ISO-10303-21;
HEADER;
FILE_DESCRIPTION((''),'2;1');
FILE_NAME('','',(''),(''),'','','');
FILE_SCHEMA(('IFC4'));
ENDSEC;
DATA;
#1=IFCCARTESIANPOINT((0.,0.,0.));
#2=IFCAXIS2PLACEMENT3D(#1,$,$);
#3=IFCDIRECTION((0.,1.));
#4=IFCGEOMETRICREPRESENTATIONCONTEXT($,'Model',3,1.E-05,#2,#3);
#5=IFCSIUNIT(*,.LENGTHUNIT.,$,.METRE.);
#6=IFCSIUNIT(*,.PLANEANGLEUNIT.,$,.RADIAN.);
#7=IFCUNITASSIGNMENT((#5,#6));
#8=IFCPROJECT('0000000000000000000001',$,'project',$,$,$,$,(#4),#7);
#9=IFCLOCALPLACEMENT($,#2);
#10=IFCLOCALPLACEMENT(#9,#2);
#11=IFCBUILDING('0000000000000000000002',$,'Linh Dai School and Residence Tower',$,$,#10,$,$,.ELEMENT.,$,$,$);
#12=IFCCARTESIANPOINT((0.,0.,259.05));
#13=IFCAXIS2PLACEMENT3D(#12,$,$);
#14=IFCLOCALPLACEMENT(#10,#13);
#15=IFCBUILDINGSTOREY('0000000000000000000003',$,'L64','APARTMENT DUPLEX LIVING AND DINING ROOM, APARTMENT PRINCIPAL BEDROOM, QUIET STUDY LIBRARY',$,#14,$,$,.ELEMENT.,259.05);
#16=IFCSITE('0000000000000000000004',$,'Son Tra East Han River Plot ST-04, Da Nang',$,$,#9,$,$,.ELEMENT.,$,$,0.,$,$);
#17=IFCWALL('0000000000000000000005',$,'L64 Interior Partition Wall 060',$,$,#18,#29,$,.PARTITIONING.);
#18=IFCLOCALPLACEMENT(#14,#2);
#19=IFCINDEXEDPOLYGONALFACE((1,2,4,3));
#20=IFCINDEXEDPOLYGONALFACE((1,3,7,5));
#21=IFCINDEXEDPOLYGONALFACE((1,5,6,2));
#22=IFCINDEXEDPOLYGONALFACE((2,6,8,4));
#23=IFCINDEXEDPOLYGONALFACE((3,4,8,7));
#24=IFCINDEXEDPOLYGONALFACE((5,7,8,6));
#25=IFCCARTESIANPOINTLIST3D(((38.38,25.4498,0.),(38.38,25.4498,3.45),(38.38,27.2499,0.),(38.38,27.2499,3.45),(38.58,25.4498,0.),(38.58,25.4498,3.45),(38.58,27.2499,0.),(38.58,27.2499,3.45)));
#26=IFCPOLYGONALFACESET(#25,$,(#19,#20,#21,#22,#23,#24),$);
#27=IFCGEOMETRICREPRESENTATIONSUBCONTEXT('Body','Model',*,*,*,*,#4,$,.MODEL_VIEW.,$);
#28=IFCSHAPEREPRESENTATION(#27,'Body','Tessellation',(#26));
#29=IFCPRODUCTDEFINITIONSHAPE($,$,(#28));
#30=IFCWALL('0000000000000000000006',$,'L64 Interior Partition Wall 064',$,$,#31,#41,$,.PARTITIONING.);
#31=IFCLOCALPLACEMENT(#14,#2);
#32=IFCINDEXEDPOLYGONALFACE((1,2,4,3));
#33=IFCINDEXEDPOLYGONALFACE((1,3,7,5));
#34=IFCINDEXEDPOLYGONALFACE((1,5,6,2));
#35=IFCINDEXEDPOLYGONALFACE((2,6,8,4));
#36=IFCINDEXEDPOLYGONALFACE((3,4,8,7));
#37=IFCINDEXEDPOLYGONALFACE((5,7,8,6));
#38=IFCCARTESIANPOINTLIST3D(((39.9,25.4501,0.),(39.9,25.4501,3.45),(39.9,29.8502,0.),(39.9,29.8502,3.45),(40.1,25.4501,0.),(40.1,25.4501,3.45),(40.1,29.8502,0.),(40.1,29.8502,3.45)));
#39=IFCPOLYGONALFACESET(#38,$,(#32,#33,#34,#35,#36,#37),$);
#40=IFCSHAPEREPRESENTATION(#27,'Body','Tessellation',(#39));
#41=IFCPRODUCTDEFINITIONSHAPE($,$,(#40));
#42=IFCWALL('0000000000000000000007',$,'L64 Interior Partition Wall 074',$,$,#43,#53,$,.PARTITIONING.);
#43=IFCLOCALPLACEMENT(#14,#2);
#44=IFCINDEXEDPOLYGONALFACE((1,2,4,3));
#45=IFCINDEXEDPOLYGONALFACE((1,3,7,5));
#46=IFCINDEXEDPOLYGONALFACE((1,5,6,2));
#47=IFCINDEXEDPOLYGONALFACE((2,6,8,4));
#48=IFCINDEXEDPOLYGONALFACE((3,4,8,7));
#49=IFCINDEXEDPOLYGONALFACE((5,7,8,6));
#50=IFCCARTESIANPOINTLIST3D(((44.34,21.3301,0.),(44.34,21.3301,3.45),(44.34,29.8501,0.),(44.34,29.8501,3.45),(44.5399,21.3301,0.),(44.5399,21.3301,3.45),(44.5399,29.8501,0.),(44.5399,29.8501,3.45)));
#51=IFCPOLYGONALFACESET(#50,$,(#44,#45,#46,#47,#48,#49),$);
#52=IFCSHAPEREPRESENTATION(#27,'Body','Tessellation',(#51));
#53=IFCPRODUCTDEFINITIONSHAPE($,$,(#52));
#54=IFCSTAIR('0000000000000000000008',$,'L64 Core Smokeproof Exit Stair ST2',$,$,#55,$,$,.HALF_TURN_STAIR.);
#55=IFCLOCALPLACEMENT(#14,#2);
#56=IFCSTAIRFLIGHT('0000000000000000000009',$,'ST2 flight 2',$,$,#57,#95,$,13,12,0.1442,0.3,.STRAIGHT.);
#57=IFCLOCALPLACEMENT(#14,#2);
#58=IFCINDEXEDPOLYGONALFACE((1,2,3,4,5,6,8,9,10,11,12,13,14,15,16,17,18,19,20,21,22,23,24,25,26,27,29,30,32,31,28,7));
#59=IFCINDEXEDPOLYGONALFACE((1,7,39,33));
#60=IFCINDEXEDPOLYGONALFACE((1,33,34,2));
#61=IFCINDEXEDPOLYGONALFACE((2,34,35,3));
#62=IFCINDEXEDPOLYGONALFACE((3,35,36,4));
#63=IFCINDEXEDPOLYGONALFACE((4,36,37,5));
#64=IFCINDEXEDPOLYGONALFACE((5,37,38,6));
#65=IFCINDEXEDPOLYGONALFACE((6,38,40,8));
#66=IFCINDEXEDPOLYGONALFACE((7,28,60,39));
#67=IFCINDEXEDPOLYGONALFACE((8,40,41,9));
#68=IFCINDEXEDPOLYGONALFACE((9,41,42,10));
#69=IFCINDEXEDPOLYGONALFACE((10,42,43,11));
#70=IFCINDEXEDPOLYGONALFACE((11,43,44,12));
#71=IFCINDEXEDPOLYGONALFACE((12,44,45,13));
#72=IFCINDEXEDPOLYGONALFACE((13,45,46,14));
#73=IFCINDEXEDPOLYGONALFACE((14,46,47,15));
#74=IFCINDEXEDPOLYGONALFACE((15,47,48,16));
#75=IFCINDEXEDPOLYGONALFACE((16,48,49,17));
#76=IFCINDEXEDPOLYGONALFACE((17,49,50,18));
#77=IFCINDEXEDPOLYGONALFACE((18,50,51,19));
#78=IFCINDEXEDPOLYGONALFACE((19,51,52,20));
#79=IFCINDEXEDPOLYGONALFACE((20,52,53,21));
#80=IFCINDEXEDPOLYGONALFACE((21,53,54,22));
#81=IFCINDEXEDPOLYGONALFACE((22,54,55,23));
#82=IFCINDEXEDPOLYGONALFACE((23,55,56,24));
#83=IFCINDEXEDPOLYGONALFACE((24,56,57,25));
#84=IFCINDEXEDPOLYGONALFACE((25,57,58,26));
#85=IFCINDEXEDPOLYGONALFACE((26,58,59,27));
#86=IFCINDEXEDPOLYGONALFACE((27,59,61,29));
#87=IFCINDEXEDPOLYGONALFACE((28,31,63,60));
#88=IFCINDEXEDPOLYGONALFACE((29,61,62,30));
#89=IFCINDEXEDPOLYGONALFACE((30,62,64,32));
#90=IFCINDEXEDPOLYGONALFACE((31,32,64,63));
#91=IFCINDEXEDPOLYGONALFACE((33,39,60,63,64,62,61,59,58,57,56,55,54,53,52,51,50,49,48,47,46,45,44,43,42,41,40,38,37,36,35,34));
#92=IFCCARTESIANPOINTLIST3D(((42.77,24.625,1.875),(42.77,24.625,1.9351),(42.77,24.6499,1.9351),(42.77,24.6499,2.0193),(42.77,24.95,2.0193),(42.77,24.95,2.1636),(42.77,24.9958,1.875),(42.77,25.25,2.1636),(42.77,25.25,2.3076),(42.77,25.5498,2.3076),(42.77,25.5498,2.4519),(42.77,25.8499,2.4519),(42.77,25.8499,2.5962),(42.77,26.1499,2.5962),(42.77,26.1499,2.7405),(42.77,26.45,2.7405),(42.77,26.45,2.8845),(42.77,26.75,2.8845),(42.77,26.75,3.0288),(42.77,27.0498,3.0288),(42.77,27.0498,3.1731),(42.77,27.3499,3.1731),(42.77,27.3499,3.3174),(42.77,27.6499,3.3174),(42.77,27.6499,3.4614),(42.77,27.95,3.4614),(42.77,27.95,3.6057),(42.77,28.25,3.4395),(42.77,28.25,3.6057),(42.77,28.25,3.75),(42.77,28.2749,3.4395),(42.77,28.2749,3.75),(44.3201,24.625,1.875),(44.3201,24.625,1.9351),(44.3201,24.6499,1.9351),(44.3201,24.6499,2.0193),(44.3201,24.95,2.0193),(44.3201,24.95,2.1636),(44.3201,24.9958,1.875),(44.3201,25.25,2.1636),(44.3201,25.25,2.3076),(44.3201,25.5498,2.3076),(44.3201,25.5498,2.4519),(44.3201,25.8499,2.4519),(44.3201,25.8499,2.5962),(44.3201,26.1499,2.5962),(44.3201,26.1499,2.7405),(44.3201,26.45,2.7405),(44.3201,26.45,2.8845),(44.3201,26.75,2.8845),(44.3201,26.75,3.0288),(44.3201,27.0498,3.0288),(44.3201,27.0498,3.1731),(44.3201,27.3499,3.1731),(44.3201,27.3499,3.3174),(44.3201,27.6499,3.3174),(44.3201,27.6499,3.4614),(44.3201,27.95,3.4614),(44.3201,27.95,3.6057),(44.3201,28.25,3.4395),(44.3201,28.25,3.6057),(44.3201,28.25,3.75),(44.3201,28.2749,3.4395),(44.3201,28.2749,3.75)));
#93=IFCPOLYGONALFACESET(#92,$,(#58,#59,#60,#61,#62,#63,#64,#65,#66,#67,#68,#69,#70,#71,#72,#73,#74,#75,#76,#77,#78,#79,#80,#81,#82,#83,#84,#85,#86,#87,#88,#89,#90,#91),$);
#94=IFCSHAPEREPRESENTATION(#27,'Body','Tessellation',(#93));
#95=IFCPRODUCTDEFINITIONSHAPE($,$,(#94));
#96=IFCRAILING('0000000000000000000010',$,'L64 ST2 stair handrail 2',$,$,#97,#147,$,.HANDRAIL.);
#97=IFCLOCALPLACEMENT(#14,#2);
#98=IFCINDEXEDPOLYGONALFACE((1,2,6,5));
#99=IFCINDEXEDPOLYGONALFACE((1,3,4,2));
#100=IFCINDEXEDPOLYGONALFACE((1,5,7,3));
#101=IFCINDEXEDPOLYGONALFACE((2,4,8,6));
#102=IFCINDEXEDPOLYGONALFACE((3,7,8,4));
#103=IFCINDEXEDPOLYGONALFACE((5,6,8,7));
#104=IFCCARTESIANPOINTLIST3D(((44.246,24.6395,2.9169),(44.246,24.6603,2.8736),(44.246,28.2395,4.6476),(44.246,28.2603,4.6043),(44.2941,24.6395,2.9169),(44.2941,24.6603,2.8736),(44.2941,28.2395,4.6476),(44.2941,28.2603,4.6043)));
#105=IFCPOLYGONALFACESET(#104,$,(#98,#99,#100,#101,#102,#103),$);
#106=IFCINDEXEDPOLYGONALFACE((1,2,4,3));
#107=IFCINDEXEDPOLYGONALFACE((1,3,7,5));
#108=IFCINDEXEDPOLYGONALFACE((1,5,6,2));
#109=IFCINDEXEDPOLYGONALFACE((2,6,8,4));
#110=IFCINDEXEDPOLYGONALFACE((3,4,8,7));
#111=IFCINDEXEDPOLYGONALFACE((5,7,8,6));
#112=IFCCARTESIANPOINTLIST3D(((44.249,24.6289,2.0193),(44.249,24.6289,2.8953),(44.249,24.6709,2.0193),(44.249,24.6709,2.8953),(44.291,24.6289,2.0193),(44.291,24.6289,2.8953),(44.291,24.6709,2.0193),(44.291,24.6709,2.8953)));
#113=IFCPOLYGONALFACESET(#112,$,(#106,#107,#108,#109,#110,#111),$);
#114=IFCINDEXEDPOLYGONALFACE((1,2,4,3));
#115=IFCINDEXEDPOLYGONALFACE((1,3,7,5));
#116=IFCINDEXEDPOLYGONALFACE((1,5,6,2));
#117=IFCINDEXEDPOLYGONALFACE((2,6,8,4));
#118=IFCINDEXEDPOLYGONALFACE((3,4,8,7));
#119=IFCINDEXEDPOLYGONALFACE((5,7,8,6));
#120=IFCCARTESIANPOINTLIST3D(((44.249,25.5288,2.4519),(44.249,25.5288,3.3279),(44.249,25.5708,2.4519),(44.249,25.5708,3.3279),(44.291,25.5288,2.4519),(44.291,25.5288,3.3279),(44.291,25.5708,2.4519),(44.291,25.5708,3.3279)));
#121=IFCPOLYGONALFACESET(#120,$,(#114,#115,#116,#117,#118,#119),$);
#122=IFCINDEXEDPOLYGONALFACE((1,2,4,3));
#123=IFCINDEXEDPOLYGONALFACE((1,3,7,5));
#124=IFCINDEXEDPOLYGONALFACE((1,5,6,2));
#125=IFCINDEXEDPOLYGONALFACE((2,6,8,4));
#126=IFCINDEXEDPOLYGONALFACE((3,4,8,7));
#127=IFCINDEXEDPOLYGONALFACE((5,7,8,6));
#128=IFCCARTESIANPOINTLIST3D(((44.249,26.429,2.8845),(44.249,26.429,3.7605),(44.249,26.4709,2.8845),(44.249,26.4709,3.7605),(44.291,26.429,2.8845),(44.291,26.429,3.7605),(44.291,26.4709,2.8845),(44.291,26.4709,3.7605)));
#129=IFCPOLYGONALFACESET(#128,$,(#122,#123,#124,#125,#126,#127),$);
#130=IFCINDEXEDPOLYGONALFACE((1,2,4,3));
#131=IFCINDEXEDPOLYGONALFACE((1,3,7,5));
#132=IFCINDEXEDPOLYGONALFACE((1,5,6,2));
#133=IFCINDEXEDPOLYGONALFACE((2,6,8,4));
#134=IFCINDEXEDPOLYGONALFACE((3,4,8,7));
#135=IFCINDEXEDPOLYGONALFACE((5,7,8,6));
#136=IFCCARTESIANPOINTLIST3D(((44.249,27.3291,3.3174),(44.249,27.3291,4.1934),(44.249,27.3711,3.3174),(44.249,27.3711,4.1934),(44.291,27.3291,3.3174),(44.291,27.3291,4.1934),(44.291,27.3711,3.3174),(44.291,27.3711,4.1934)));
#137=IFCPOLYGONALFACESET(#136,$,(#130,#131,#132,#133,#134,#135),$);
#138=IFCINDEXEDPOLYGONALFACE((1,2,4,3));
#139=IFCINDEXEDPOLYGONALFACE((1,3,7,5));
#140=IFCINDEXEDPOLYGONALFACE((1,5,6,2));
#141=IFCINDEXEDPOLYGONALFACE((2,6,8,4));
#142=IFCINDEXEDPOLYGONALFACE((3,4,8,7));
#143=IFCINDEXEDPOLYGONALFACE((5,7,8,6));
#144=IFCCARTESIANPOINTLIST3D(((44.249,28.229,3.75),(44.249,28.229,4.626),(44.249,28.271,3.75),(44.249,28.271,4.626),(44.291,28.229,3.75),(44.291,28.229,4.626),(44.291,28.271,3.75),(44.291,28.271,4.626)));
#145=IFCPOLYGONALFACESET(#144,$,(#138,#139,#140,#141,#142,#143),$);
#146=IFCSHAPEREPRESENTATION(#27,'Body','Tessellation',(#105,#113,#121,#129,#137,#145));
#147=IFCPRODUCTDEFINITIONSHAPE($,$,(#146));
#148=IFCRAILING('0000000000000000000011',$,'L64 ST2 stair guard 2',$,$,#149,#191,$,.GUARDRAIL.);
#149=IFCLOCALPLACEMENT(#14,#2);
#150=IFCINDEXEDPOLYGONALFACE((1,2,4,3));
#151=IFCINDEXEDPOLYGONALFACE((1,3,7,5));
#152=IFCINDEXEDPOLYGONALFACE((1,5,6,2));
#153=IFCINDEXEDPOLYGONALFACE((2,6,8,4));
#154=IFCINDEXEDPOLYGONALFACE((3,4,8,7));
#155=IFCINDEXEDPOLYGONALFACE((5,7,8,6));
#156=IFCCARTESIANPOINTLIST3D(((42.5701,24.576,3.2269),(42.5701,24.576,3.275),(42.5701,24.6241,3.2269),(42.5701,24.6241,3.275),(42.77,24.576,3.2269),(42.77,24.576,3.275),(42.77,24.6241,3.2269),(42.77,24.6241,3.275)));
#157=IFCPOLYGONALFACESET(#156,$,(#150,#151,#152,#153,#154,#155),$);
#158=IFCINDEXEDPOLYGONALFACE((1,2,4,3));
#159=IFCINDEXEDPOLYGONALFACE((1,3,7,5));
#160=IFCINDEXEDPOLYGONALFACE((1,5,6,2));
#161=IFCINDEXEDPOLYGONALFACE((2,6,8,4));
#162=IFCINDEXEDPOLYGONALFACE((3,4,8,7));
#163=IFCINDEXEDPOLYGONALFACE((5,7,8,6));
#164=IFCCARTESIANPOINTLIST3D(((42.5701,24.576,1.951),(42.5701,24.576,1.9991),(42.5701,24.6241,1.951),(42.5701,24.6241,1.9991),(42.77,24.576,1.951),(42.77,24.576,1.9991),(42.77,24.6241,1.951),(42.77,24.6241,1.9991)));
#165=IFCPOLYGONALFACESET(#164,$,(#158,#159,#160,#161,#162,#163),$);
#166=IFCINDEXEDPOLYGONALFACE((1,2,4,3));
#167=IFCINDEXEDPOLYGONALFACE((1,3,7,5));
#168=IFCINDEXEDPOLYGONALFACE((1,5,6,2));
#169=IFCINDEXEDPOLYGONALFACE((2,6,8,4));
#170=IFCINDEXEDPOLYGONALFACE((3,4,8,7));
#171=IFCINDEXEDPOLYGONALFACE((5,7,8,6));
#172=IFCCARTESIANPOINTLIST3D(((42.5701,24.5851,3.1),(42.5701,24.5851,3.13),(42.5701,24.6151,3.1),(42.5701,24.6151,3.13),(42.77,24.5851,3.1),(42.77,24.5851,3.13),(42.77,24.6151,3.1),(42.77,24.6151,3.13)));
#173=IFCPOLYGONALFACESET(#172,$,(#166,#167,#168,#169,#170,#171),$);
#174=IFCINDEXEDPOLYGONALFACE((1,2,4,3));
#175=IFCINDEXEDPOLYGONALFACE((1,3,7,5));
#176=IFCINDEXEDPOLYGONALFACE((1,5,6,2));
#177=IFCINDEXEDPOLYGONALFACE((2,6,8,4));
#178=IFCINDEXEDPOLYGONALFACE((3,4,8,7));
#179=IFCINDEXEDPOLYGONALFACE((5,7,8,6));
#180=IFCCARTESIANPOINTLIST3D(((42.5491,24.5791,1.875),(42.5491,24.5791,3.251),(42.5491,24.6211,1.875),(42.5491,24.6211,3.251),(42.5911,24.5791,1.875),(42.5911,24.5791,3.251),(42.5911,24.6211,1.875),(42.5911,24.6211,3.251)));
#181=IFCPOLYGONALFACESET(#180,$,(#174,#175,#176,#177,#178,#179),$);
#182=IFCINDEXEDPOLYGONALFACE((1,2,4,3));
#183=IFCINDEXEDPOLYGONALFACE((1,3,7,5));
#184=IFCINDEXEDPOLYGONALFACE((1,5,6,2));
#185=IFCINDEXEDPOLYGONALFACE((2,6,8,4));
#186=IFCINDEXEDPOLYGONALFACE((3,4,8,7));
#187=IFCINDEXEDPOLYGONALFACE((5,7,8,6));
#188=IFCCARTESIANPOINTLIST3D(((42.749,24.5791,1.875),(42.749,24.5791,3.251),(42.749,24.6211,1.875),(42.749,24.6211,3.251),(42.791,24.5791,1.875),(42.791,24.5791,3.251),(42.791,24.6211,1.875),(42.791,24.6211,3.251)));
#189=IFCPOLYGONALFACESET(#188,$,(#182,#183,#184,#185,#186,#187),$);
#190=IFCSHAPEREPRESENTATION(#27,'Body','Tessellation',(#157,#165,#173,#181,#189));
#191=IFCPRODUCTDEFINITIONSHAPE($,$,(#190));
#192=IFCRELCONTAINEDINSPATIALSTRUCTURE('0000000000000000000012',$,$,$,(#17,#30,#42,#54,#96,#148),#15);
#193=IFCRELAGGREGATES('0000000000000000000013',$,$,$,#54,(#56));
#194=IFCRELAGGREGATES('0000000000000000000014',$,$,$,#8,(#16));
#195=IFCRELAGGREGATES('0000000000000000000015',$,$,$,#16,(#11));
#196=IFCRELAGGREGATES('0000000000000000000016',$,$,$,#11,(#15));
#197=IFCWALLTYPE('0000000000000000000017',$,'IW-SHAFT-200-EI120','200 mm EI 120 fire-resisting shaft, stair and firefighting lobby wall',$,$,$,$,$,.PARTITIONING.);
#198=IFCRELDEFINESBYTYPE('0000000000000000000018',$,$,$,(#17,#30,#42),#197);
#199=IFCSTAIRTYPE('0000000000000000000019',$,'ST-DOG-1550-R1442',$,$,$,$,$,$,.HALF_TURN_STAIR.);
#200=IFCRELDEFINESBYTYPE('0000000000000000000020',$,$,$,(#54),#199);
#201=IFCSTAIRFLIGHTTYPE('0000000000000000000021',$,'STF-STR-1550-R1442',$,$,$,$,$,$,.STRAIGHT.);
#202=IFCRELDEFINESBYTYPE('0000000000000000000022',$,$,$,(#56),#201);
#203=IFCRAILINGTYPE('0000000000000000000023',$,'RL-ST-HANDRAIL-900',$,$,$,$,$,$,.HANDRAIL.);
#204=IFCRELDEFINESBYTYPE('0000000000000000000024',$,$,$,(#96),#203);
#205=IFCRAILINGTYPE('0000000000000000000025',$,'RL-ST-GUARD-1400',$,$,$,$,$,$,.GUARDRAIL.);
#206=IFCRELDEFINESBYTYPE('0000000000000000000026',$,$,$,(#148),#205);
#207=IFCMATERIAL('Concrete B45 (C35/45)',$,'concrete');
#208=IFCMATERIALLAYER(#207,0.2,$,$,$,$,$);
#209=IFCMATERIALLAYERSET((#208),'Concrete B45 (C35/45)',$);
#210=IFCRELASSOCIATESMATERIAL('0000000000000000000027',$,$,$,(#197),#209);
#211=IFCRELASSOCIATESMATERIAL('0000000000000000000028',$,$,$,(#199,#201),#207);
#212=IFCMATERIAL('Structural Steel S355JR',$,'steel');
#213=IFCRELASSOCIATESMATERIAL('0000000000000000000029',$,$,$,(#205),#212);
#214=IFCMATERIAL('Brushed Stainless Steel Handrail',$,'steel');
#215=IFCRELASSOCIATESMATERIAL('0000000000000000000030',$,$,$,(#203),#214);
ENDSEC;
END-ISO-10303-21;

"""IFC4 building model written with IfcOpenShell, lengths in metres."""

from ifc_helpers import new_model, si_unit, direction, frame, frame_2d, origin, origin_2d, place, context, subcontext, project, spatial, polyline, rectangle, outline, extrude, source, transform, mapped, material, layer, layer_set, type_object, element, aggregate, save


model = new_model("IFC4")

# Units and contexts
model_context = context("Model", 3, precision=1e-05, world=origin(), true_north=direction((0.0, 1.0)))
body_context = subcontext(model_context, "Body", "Model", "MODEL_VIEW")
ifc_project = project(units=[si_unit("LENGTHUNIT", "METRE"), si_unit("PLANEANGLEUNIT", "RADIAN")], contexts=[model_context])

# Site, building, storey
site_placement = place(None, origin())
site = spatial("IfcSite", under=ifc_project, at=site_placement, Name="Son Tra East Han River Plot ST-04, Da Nang", CompositionType="ELEMENT", RefElevation=0.0)
building_placement = place(site_placement, origin())
building = spatial("IfcBuilding", under=site, at=building_placement, Name="Linh Dai School and Residence Tower", CompositionType="ELEMENT")
storey_placement = place(building_placement, frame((0.0, 0.0, 259.05)))
storey = spatial("IfcBuildingStorey", under=building, at=storey_placement, Name="L64", Description="APARTMENT DUPLEX LIVING AND DINING ROOM, APARTMENT PRINCIPAL BEDROOM, QUIET STUDY LIBRARY", CompositionType="ELEMENT", Elevation=259.05)

# Shared definitions
ifc_material_1 = material(Name="Structural Steel S355JR", Category="steel")

# Walls
ifc_material_2 = material(Name="Concrete B45 (C35/45)", Category="concrete")
ifc_layer_1 = layer(ifc_material_2, 0.2)
ifc_layer_set_1 = layer_set([ifc_layer_1], Name="Concrete B45 (C35/45)")
wall_type_1 = type_object("IfcWallType", Name="IW-SHAFT-200-EI120", Description="200 mm EI 120 fire-resisting shaft, stair and firefighting lobby wall", PredefinedType="PARTITIONING", material=ifc_layer_set_1)
for number, where, z_axis, x_axis, name in (
    (1, (38.48, 25.45, 0.0), (0.0, 0.0, 1.0), (0.0, 1.0, 0.0), "L64 Interior Partition Wall 060"),
):
    element("IfcWall", number, at=place(storey_placement, frame(where, z_axis=z_axis, x_axis=x_axis)), inside=storey, type_object=wall_type_1, Name=name, PredefinedType="PARTITIONING", context=body_context, shape_type="SweptSolid", body=[
        extrude(rectangle(XDim=1.8, YDim=0.2, at=frame_2d((0.8999, 0.0))), origin(), (0.0, 0.0, 1.0), 3.45),
    ])
wall_1_placement = place(storey_placement, frame((40.0, 25.45, 0.0), z_axis=(0.0, 0.0, 1.0), x_axis=(0.0, 1.0, 0.0)))
element("IfcWall", 2, at=wall_1_placement, inside=storey, type_object=wall_type_1, Name="L64 Interior Partition Wall 064", PredefinedType="PARTITIONING", context=body_context, shape_type="SweptSolid", body=[
    extrude(rectangle(XDim=4.4001, YDim=0.2, at=frame_2d((2.2002, 0.0))), origin(), (0.0, 0.0, 1.0), 3.45),
])
wall_2_placement = place(storey_placement, frame((44.4399, 21.3301, 0.0), z_axis=(0.0, 0.0, 1.0), x_axis=(0.0, 1.0, 0.0)))
element("IfcWall", 3, at=wall_2_placement, inside=storey, type_object=wall_type_1, Name="L64 Interior Partition Wall 074", PredefinedType="PARTITIONING", context=body_context, shape_type="SweptSolid", body=[
    extrude(rectangle(XDim=8.52, YDim=0.2, at=frame_2d((4.26, 0.0))), origin(), (0.0, 0.0, 1.0), 3.45),
])

# Stair, stair flight
stair_type = type_object("IfcStairType", Name="ST-DOG-1550-R1442", PredefinedType="HALF_TURN_STAIR", material=ifc_material_2)
stair_placement = place(storey_placement, origin())
stair = element("IfcStair", 4, at=stair_placement, inside=storey, type_object=stair_type, Name="L64 Core Smokeproof Exit Stair ST2", PredefinedType="HALF_TURN_STAIR")
stair_flight_type = type_object("IfcStairFlightType", Name="STF-STR-1550-R1442", PredefinedType="STRAIGHT", material=ifc_material_2)
shared_shape_1 = source(origin(), body_context, "Body", "SweptSolid", [
    extrude(outline(polyline([(-0.0249, 0.0), (-0.0249, 0.0601), (0.0, 0.0601), (0.0, 0.1443), (0.3, 0.1443), (0.3, 0.2886), (0.6001, 0.2886), (0.6001, 0.4326), (0.8999, 0.4326), (0.8999, 0.5769), (1.2, 0.5769), (1.2, 0.7212), (1.5, 0.7212), (1.5, 0.8655), (1.8, 0.8655), (1.8, 1.0095), (2.1001, 1.0095), (2.1001, 1.1538), (2.3999, 1.1538), (2.3999, 1.2981), (2.7, 1.2981), (2.7, 1.4424), (3.0, 1.4424), (3.0, 1.5864), (3.3, 1.5864), (3.3, 1.7307), (3.6001, 1.7307), (3.6001, 1.875), (3.625, 1.875), (3.625, 1.5645), (3.6001, 1.5645), (0.3459, 0.0), (-0.0249, 0.0)])), frame((0.0, 0.7749, 0.0), z_axis=(0.0, -1.0, 0.0), x_axis=(1.0, 0.0, 0.0)), (0.0, 0.0, 1.0), 1.55),
])
stair_flight_placement = place(storey_placement, frame((43.5449, 24.6499, 1.875), z_axis=(0.0, 0.0, 1.0), x_axis=(0.0, 1.0, 0.0)))
stair_flight = element("IfcStairFlight", 5, at=stair_flight_placement, type_object=stair_flight_type, Name="ST2 flight 2", NumberOfRisers=13, NumberOfTreads=12, PredefinedType="STRAIGHT", RiserHeight=0.1442, TreadLength=0.3, context=body_context, shape_type="MappedRepresentation", body=[
    mapped(shared_shape_1, transform((0.0, 0.0, 0.0), x_axis=(1.0, 0.0, 0.0), y_axis=(0.0, 1.0, 0.0), z_axis=(0.0, 0.0, 1.0), scale=1.0)),
])
aggregate(stair, [stair_flight])

# Railings
railing_type_1 = type_object("IfcRailingType", Name="RL-ST-GUARD-1400", PredefinedType="GUARDRAIL", material=ifc_material_1)
ifc_material_3 = material(Name="Brushed Stainless Steel Handrail", Category="steel")
railing_type_2 = type_object("IfcRailingType", Name="RL-ST-HANDRAIL-900", PredefinedType="HANDRAIL", material=ifc_material_3)
shared_shape_2 = source(origin(), body_context, "Body", "SweptSolid", [
    extrude(rectangle(XDim=0.0481, YDim=0.0481, at=origin_2d()), frame((0.0, 0.0, 0.876), z_axis=(0.0, 0.901263, 0.433273), x_axis=(-1.0, 0.0, 0.0)), (0.0, 0.0, 1.0), 3.9944),
    extrude(rectangle(XDim=0.042, YDim=0.042, at=origin_2d()), origin(), (0.0, 0.0, 1.0), 0.876),
    extrude(rectangle(XDim=0.042, YDim=0.042, at=origin_2d()), frame((0.0, 0.8999, 0.4326)), (0.0, 0.0, 1.0), 0.876),
    extrude(rectangle(XDim=0.042, YDim=0.042, at=origin_2d()), frame((0.0, 1.8, 0.8652)), (0.0, 0.0, 1.0), 0.876),
    extrude(rectangle(XDim=0.042, YDim=0.042, at=origin_2d()), frame((0.0, 2.7002, 1.2981)), (0.0, 0.0, 1.0), 0.876),
    extrude(rectangle(XDim=0.042, YDim=0.042, at=origin_2d()), frame((0.0, 3.6001, 1.7307)), (0.0, 0.0, 1.0), 0.876),
])
railing_1_placement = place(storey_placement, frame((44.27, 24.6499, 2.0193)))
element("IfcRailing", 6, at=railing_1_placement, inside=storey, type_object=railing_type_2, Name="L64 ST2 stair handrail 2", PredefinedType="HANDRAIL", context=body_context, shape_type="MappedRepresentation", body=[
    mapped(shared_shape_2, transform((0.0, 0.0, 0.0), x_axis=(1.0, 0.0, 0.0), y_axis=(0.0, 1.0, 0.0), z_axis=(0.0, 0.0, 1.0), scale=1.0)),
])
shared_shape_3 = source(origin(), body_context, "Body", "SweptSolid", [
    extrude(rectangle(XDim=0.0481, YDim=0.0481, at=origin_2d()), frame((0.0, 0.0, 1.376), z_axis=(1.0, 0.0, 0.0), x_axis=(0.0, 1.0, 0.0)), (0.0, 0.0, 1.0), 0.2),
    extrude(rectangle(XDim=0.0481, YDim=0.0481, at=origin_2d()), frame((0.0, 0.0, 0.1001), z_axis=(1.0, 0.0, 0.0), x_axis=(0.0, 1.0, 0.0)), (0.0, 0.0, 1.0), 0.2),
    extrude(rectangle(XDim=0.03, YDim=0.03, at=origin_2d()), frame((0.0, 0.0, 1.24), z_axis=(1.0, 0.0, 0.0), x_axis=(0.0, 1.0, 0.0)), (0.0, 0.0, 1.0), 0.2),
    extrude(rectangle(XDim=0.042, YDim=0.042, at=origin_2d()), origin(), (0.0, 0.0, 1.0), 1.376),
    extrude(rectangle(XDim=0.042, YDim=0.042, at=origin_2d()), frame((0.2, 0.0, 0.0)), (0.0, 0.0, 1.0), 1.376),
])
railing_2_placement = place(storey_placement, frame((42.5701, 24.6001, 1.875)))
element("IfcRailing", 7, at=railing_2_placement, inside=storey, type_object=railing_type_1, Name="L64 ST2 stair guard 2", PredefinedType="GUARDRAIL", context=body_context, shape_type="MappedRepresentation", body=[
    mapped(shared_shape_3, transform((0.0, 0.0, 0.0), x_axis=(1.0, 0.0, 0.0), y_axis=(0.0, 1.0, 0.0), z_axis=(0.0, 0.0, 1.0), scale=1.0)),
])

save(model, "model.ifc")
